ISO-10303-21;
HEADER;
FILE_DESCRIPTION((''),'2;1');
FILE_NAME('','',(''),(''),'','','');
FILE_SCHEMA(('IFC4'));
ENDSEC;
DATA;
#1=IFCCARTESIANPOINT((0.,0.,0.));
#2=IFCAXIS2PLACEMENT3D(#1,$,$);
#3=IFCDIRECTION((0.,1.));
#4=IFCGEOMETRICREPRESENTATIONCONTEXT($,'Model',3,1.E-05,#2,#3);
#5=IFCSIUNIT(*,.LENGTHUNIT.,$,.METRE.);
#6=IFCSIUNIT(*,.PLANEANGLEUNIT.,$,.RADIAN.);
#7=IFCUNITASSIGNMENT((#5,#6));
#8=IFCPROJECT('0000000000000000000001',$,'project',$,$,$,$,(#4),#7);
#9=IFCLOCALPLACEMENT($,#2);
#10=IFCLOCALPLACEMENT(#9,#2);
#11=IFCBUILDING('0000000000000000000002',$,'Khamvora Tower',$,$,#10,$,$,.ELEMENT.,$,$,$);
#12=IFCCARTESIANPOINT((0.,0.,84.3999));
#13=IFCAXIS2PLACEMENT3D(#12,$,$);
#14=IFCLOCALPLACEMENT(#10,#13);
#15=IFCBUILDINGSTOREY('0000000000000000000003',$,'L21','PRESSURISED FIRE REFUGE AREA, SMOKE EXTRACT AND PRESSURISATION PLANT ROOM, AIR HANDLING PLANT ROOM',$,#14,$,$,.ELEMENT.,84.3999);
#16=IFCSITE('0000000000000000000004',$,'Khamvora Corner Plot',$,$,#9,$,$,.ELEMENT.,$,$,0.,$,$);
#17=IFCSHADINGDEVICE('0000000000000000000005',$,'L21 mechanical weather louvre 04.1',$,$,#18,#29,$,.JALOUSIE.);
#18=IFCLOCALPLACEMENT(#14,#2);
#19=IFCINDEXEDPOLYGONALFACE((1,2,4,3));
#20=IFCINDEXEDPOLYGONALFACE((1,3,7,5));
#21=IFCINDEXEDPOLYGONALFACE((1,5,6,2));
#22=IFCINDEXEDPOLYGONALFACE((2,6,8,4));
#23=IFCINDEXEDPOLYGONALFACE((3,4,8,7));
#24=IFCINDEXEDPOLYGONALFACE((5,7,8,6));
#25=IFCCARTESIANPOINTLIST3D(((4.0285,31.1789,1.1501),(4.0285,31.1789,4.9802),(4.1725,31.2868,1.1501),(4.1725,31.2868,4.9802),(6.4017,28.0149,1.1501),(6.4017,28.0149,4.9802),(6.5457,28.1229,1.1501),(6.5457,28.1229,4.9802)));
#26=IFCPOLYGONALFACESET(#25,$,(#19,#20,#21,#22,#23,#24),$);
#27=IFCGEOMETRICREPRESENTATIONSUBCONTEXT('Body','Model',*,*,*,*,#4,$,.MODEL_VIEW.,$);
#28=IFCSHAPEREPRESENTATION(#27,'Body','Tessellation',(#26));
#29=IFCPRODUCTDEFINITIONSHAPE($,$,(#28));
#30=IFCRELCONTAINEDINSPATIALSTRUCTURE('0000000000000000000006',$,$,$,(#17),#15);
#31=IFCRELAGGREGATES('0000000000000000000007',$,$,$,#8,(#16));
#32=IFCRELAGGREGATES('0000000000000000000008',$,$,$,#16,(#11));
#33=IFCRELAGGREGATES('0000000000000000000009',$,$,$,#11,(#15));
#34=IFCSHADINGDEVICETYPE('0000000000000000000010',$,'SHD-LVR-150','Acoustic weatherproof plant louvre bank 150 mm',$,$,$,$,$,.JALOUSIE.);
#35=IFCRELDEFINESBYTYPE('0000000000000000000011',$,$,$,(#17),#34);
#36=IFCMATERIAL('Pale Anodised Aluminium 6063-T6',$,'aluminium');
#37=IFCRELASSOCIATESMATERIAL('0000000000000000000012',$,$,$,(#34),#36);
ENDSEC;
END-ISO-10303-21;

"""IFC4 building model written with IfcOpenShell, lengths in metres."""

from ifc_helpers import new_model, si_unit, direction, frame, origin, origin_2d, place, context, subcontext, project, spatial, rectangle, extrude, material, type_object, element, save


model = new_model("IFC4")

# Units and contexts
model_context = context("Model", 3, precision=1e-05, world=origin(), true_north=direction((0.0, 1.0)))
body_context = subcontext(model_context, "Body", "Model", "MODEL_VIEW")
ifc_project = project(units=[si_unit("LENGTHUNIT", "METRE"), si_unit("PLANEANGLEUNIT", "RADIAN")], contexts=[model_context])

# Site, building, storey
site_placement = place(None, origin())
site = spatial("IfcSite", under=ifc_project, at=site_placement, Name="Khamvora Corner Plot", CompositionType="ELEMENT", RefElevation=0.0)
building_placement = place(site_placement, origin())
building = spatial("IfcBuilding", under=site, at=building_placement, Name="Khamvora Tower", CompositionType="ELEMENT")
storey_placement = place(building_placement, frame((0.0, 0.0, 84.3999)))
storey = spatial("IfcBuildingStorey", under=building, at=storey_placement, Name="L21", Description="PRESSURISED FIRE REFUGE AREA, SMOKE EXTRACT AND PRESSURISATION PLANT ROOM, AIR HANDLING PLANT ROOM", CompositionType="ELEMENT", Elevation=84.3999)

# Shading device
ifc_material_1 = material(Name="Pale Anodised Aluminium 6063-T6", Category="aluminium")
shading_device_type = type_object("IfcShadingDeviceType", Name="SHD-LVR-150", Description="Acoustic weatherproof plant louvre bank 150 mm", PredefinedType="JALOUSIE", material=ifc_material_1)
shading_device_placement = place(storey_placement, frame((5.2871, 29.6509, 1.1501), z_axis=(0.0, 0.0, 1.0), x_axis=(-0.60004, 0.79997, 0.0)))
element("IfcShadingDevice", 1, at=shading_device_placement, inside=storey, type_object=shading_device_type, Name="L21 mechanical weather louvre 04.1", PredefinedType="JALOUSIE", context=body_context, shape_type="SweptSolid", body=[
    extrude(rectangle(XDim=3.9551, YDim=0.1799, at=origin_2d()), origin(), (0.0, 0.0, 1.0), 3.8301),
])

save(model, "model.ifc")
